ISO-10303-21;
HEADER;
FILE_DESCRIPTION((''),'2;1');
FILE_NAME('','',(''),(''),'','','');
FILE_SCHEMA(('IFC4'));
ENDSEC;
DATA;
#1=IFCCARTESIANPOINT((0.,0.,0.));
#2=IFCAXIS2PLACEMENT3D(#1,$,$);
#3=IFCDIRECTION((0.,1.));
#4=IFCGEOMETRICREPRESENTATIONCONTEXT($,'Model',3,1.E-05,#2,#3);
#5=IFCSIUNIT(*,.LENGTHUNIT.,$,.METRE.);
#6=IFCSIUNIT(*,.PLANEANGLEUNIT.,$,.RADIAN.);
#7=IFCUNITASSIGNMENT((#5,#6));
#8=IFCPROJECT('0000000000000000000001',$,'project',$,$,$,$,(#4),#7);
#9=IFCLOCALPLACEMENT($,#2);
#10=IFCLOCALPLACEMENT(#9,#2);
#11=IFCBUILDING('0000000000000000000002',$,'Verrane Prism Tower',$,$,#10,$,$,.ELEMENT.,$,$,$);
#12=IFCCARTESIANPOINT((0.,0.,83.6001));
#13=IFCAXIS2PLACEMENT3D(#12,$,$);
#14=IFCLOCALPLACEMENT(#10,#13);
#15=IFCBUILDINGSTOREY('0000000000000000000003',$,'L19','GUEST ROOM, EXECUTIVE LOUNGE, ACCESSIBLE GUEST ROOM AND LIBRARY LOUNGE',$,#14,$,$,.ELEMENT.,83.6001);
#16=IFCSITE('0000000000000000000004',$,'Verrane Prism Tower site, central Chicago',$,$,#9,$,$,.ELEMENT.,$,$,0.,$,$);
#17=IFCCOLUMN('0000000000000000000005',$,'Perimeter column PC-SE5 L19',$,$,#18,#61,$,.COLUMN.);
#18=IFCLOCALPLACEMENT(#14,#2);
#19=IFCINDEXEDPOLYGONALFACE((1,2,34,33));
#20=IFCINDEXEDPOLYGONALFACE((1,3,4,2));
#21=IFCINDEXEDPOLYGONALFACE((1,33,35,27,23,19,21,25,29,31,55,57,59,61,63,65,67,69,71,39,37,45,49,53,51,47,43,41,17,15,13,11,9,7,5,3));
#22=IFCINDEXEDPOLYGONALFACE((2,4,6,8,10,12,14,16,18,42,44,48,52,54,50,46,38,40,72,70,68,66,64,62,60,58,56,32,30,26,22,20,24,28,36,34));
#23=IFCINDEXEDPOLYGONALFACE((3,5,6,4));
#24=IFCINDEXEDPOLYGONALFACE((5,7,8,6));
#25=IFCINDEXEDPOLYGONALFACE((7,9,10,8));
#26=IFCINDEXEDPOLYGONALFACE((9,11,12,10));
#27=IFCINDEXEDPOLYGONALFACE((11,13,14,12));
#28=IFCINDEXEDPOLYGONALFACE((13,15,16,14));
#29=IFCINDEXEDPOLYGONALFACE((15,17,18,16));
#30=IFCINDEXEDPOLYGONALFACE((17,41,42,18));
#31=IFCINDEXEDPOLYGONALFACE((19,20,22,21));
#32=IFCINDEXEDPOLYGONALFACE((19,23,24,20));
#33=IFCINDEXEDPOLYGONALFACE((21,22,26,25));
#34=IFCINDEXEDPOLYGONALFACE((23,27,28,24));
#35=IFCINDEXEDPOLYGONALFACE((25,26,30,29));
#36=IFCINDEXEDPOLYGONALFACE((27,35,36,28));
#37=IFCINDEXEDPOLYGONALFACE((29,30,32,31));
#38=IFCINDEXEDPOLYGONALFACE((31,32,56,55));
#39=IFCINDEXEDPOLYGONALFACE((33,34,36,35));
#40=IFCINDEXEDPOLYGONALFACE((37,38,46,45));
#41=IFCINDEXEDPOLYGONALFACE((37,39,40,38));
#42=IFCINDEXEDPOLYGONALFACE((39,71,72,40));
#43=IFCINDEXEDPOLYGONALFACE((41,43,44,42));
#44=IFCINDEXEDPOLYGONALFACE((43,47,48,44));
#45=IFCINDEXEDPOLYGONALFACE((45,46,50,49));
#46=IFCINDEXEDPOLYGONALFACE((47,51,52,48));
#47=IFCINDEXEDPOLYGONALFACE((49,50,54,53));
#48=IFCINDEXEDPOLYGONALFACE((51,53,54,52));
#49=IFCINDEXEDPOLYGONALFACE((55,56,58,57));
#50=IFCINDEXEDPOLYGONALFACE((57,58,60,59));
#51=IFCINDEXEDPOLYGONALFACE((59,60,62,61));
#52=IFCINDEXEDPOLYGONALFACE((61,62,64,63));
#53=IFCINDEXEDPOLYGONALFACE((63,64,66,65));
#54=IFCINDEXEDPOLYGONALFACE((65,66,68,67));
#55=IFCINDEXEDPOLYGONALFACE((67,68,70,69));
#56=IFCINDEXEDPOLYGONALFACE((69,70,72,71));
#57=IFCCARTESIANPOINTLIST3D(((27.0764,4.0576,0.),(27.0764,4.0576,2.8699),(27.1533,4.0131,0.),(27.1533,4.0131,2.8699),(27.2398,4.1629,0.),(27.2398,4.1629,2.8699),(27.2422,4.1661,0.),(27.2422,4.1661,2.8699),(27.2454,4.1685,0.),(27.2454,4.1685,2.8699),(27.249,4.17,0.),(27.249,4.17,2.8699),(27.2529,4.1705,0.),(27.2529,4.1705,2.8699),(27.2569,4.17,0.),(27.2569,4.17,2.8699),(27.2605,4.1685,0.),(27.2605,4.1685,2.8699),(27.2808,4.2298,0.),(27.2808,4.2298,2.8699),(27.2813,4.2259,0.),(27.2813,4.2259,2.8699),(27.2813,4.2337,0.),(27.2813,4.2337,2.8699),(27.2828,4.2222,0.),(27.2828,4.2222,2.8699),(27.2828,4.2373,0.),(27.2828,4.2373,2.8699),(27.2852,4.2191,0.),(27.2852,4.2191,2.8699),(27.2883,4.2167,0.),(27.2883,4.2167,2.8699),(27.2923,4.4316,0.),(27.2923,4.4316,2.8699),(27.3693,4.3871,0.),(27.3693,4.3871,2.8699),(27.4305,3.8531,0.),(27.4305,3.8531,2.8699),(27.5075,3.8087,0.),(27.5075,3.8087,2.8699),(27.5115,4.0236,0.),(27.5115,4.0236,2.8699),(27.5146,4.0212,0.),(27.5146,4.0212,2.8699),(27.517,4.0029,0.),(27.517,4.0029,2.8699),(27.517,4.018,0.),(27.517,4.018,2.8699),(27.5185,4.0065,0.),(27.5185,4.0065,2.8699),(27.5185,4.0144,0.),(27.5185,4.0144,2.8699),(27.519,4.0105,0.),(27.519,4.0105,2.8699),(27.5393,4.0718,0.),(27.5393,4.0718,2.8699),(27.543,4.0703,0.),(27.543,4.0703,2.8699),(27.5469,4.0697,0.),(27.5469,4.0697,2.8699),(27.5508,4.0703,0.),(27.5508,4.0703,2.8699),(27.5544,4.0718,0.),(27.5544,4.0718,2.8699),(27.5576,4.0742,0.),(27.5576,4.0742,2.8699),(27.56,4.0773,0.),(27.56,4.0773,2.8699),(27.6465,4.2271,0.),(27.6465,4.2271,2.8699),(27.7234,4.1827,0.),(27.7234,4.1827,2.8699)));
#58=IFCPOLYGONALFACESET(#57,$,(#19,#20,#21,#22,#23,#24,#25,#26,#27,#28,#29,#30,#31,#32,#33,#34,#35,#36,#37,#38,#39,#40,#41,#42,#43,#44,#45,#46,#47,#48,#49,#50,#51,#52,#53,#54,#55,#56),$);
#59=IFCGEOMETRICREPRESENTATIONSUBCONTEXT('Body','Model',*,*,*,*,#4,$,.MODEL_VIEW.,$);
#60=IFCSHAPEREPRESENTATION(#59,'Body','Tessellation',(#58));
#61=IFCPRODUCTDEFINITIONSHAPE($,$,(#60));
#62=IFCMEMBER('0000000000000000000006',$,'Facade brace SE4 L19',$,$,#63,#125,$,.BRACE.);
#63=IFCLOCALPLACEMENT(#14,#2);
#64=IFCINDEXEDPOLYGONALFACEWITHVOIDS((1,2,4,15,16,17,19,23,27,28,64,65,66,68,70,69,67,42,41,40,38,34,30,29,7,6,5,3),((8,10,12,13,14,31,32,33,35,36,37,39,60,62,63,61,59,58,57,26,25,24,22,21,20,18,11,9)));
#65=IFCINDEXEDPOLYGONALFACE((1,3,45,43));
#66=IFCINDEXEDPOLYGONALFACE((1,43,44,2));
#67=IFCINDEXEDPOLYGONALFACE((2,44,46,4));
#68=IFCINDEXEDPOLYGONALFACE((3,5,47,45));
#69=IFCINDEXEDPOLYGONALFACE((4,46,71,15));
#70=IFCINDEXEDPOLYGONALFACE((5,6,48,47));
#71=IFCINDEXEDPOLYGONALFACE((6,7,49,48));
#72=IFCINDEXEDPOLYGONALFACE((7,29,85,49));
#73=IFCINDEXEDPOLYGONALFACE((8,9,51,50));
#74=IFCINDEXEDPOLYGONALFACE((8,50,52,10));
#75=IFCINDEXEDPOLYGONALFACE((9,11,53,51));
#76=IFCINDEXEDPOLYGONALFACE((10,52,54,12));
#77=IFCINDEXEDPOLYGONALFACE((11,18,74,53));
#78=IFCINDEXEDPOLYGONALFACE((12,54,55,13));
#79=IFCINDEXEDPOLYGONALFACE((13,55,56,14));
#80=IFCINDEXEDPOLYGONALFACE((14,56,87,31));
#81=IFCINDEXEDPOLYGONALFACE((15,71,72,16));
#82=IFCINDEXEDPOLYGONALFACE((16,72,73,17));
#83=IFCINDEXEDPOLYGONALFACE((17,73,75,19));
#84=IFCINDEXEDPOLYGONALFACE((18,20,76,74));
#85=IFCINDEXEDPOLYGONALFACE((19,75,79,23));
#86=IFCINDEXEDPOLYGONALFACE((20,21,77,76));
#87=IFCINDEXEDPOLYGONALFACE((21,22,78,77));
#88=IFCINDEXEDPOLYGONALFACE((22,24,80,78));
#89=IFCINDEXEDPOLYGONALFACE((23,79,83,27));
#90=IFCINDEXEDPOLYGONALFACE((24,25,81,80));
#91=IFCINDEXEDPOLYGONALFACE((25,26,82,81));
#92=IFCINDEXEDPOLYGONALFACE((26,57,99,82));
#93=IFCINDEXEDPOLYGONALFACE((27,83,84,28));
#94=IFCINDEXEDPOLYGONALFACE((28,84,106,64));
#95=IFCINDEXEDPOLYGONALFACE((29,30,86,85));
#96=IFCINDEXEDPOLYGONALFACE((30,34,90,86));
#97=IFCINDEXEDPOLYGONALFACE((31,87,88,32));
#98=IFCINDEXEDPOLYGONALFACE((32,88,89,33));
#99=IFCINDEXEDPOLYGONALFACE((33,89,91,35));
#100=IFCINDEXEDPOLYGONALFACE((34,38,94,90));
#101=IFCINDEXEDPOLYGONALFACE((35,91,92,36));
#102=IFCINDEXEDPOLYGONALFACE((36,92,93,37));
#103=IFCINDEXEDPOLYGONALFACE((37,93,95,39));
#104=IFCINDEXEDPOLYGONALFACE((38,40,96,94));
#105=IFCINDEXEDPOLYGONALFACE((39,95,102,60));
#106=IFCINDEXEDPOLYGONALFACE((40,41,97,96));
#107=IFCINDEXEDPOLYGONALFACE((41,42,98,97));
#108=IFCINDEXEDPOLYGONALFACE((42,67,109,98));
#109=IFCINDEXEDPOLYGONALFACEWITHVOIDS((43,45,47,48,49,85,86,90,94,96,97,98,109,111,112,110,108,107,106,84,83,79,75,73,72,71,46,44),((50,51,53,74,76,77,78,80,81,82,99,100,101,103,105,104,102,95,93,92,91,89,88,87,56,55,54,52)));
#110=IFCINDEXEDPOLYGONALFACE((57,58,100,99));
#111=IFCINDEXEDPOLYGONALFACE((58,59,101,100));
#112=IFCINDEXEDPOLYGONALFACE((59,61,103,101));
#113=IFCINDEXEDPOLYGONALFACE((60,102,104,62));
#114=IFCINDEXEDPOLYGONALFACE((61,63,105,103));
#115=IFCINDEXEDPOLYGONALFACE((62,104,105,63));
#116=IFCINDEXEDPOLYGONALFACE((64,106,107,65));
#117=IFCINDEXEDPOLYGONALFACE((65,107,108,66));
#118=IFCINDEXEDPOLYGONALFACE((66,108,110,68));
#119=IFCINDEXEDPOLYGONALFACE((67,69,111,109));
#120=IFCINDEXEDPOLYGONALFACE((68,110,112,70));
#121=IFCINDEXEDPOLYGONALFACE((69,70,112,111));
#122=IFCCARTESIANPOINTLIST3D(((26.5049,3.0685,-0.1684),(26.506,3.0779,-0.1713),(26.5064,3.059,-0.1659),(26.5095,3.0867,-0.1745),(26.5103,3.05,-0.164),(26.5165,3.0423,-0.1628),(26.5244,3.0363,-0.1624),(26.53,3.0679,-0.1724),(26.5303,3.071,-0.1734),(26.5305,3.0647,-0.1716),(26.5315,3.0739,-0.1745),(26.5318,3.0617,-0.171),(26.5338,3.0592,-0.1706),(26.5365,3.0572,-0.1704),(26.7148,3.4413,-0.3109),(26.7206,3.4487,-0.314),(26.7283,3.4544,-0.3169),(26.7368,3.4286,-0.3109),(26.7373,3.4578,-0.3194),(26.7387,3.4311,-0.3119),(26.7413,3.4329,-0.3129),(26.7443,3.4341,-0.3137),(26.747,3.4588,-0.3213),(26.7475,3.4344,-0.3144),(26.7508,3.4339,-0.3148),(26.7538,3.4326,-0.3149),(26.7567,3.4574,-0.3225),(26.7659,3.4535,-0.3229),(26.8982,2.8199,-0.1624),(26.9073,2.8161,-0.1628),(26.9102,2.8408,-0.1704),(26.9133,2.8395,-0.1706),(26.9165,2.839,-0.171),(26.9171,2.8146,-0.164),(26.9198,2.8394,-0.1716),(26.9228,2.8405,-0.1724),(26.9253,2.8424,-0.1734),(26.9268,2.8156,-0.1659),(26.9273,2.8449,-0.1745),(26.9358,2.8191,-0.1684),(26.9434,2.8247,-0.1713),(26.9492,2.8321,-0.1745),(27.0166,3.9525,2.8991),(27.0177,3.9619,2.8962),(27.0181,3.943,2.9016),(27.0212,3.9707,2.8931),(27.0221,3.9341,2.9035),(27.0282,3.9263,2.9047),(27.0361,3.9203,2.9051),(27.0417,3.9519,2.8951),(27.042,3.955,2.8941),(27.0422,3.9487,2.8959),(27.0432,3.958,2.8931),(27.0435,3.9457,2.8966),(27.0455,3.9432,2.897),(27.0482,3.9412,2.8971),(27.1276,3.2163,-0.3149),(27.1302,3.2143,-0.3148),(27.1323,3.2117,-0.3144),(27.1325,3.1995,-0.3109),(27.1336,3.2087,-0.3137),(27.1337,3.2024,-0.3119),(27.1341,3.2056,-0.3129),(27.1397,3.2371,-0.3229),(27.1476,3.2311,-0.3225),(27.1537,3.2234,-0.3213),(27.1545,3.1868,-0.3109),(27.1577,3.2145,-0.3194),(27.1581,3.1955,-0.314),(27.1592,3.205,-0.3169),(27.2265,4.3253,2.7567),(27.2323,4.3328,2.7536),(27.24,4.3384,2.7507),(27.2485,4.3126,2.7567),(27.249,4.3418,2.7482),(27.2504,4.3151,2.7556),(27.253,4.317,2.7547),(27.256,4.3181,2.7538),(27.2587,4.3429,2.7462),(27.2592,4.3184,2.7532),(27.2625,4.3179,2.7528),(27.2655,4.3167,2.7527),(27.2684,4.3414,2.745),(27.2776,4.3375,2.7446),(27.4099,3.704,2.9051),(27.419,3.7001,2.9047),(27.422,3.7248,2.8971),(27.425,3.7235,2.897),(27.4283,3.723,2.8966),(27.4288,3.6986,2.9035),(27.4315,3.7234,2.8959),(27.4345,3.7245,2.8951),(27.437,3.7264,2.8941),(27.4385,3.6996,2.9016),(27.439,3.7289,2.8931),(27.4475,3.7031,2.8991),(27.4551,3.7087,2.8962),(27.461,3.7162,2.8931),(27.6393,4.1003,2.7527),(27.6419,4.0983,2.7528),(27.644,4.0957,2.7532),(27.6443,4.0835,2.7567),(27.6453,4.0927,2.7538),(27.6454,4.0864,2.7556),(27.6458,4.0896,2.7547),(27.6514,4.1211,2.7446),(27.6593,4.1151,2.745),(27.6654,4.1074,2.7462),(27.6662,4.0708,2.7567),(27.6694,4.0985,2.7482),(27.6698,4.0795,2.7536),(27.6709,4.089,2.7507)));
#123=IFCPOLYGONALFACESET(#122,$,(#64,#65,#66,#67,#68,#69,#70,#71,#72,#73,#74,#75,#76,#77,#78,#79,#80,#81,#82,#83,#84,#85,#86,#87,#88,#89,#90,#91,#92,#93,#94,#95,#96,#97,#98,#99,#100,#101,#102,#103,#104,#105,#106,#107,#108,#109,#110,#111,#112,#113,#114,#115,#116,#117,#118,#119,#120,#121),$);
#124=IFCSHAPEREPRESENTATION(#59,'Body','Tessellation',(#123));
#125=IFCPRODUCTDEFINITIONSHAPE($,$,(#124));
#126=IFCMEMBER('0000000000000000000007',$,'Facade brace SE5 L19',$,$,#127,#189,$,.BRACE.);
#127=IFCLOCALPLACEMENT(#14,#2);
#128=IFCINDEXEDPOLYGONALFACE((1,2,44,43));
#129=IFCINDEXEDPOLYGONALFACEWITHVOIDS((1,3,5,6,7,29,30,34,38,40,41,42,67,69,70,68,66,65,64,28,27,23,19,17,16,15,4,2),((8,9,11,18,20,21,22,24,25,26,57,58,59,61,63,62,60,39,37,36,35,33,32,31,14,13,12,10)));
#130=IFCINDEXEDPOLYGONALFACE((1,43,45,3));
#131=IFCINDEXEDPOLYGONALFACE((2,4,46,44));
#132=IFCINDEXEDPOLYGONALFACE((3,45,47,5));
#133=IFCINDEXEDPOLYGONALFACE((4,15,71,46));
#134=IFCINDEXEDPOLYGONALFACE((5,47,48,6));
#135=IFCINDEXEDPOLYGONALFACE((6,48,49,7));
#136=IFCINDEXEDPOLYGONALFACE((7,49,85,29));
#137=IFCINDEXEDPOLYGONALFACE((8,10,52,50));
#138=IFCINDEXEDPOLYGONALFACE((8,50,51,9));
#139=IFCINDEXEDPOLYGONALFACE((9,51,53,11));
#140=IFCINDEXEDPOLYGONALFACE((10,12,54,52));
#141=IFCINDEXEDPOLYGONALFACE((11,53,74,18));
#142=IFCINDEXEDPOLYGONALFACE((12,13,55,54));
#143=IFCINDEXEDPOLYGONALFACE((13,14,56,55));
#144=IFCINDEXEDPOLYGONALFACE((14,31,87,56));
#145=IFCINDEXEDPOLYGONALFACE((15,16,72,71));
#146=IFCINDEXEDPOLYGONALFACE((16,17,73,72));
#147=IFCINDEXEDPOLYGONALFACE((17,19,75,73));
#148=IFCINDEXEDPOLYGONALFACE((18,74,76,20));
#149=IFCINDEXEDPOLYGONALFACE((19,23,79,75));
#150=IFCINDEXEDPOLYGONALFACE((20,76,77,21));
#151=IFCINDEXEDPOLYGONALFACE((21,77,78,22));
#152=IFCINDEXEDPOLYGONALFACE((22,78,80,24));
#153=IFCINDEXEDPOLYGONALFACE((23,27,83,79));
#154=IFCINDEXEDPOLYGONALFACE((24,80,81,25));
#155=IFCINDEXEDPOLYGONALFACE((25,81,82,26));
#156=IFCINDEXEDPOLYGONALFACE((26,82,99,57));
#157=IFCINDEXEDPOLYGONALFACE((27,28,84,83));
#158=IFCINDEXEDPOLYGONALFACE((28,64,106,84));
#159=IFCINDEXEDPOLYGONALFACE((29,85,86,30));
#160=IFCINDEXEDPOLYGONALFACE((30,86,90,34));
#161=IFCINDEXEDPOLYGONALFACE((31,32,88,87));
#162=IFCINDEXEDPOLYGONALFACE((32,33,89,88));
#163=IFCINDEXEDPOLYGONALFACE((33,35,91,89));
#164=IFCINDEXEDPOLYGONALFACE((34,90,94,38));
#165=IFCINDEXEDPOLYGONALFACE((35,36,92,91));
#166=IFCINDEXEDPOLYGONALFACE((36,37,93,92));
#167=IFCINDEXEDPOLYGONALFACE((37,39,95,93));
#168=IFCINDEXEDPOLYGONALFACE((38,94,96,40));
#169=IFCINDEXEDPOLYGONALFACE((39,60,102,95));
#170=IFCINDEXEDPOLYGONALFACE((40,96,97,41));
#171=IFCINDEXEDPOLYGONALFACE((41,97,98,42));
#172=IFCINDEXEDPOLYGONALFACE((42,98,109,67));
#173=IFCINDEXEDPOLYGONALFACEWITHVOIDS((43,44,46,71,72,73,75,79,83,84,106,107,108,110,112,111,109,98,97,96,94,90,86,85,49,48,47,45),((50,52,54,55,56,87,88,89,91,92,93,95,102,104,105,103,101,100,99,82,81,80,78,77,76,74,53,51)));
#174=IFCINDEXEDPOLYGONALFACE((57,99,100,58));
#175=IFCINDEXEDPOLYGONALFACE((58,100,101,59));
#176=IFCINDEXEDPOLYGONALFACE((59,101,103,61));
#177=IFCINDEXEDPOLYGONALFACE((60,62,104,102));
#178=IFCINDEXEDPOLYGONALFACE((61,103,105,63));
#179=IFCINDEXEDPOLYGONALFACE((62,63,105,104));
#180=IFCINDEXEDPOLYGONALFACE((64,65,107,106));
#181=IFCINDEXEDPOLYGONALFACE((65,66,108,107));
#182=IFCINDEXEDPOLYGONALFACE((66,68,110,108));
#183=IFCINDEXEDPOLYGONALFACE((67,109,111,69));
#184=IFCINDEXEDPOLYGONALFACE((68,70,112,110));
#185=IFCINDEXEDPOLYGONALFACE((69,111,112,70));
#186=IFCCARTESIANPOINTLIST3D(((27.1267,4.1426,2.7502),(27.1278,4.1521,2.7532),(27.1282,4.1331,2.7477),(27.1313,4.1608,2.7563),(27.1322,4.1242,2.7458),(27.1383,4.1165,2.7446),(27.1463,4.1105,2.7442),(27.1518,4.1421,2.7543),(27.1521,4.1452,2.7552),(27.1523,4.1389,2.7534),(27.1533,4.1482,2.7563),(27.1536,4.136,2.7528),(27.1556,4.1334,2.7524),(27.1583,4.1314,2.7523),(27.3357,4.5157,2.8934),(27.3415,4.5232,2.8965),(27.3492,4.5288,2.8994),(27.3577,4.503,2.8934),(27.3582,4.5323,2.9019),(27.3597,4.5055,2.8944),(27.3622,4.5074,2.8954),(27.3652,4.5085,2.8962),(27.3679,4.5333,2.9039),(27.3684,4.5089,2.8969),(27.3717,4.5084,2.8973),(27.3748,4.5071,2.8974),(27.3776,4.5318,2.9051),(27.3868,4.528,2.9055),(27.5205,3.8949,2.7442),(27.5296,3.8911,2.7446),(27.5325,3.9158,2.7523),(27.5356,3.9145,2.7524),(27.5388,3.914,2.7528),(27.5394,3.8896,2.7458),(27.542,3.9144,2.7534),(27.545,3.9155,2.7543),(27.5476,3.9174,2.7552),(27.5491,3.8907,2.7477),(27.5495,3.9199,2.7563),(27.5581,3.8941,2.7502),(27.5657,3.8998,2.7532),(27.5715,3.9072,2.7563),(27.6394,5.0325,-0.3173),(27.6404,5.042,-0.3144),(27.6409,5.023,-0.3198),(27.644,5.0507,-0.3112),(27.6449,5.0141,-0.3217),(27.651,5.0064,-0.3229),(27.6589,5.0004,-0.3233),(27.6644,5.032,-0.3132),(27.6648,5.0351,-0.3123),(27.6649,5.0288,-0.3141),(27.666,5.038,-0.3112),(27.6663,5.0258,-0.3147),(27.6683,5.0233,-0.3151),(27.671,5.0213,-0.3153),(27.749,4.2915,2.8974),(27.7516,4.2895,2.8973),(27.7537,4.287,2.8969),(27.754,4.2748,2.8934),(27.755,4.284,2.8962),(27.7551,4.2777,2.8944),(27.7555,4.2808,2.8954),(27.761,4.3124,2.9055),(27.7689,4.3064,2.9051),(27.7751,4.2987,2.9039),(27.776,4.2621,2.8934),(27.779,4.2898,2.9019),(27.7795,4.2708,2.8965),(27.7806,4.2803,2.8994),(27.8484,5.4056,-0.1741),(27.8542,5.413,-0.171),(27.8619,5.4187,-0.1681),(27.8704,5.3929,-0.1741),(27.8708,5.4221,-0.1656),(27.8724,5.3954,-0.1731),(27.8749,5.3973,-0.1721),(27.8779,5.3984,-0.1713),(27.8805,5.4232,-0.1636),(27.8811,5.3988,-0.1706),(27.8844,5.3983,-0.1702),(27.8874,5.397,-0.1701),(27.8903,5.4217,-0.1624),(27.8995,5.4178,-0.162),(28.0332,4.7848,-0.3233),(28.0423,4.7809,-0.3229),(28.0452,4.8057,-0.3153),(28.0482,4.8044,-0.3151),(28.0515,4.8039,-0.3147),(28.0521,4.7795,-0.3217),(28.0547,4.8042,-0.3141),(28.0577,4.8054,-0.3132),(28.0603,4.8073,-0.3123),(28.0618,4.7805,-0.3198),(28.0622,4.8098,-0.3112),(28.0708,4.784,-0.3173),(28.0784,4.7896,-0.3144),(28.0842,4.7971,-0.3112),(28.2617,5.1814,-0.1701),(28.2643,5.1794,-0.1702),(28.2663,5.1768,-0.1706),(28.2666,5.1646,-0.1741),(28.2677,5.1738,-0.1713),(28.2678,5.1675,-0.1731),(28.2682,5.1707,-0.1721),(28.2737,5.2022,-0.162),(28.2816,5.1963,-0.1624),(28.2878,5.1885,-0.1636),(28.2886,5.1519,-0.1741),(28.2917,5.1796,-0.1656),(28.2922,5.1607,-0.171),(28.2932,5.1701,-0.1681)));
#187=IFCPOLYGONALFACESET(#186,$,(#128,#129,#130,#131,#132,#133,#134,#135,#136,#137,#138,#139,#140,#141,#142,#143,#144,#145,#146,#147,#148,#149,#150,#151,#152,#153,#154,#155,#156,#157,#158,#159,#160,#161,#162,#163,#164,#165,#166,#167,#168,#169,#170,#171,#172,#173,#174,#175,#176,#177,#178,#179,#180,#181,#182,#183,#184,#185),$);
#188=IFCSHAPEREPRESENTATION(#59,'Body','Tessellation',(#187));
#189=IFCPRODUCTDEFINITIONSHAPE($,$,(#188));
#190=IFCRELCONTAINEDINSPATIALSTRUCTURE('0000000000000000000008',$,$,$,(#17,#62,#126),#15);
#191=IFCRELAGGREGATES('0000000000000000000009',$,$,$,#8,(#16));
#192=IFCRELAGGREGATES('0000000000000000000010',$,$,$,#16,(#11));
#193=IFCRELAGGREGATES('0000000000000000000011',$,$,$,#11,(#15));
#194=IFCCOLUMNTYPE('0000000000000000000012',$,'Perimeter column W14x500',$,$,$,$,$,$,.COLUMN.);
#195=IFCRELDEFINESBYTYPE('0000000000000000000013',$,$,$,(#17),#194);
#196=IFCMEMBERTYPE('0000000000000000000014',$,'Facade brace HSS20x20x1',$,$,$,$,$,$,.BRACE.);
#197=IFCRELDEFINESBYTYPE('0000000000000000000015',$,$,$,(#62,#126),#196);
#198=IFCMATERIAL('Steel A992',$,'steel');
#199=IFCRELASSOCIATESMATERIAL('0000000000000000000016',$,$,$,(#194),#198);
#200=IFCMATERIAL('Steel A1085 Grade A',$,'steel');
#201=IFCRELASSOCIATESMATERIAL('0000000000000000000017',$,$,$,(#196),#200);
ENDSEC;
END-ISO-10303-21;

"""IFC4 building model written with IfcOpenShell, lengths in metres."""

from ifc_helpers import new_model, si_unit, direction, frame, origin, origin_2d, place, context, subcontext, project, spatial, hollow_rectangle, i_section, extrude, material, material_profile, profile_set, type_object, element, save


model = new_model("IFC4")

# Units and contexts
model_context = context("Model", 3, precision=1e-05, world=origin(), true_north=direction((0.0, 1.0)))
body_context = subcontext(model_context, "Body", "Model", "MODEL_VIEW")
ifc_project = project(units=[si_unit("LENGTHUNIT", "METRE"), si_unit("PLANEANGLEUNIT", "RADIAN")], contexts=[model_context])

# Site, building, storey
site_placement = place(None, origin())
site = spatial("IfcSite", under=ifc_project, at=site_placement, Name="Verrane Prism Tower site, central Chicago", CompositionType="ELEMENT", RefElevation=0.0)
building_placement = place(site_placement, origin())
building = spatial("IfcBuilding", under=site, at=building_placement, Name="Verrane Prism Tower", CompositionType="ELEMENT")
storey_placement = place(building_placement, frame((0.0, 0.0, 83.6001)))
storey = spatial("IfcBuildingStorey", under=building, at=storey_placement, Name="L19", Description="GUEST ROOM, EXECUTIVE LOUNGE, ACCESSIBLE GUEST ROOM AND LIBRARY LOUNGE", CompositionType="ELEMENT", Elevation=83.6001)

# Column
ifc_material_1 = material(Name="Steel A992", Category="steel")
ifc_material_profile_1 = material_profile(ifc_material_1, i_section(OverallWidth=0.4319, OverallDepth=0.4978, WebThickness=0.0557, FlangeThickness=0.0889, FilletRadius=0.0151, at=origin_2d()), Name="W14x500")
ifc_profile_set_1 = profile_set([ifc_material_profile_1], Name="Steel A992")
column_type = type_object("IfcColumnType", Name="Perimeter column W14x500", PredefinedType="COLUMN", material=ifc_profile_set_1)
column_placement = place(storey_placement, frame((27.3999, 4.1201, 0.0), z_axis=(0.0, 0.0, 1.0), x_axis=(-0.5, -0.866025, 0.0)))
element("IfcColumn", 1, at=column_placement, inside=storey, type_object=column_type, Name="Perimeter column PC-SE5 L19", PredefinedType="COLUMN", context=body_context, shape_type="SweptSolid", body=[
    extrude(i_section(OverallWidth=0.4319, OverallDepth=0.4978, WebThickness=0.0557, FlangeThickness=0.0889, FilletRadius=0.0151, at=origin_2d()), origin(), (0.0, 0.0, 1.0), 2.8699),
])

# Members
ifc_material_2 = material(Name="Steel A1085 Grade A", Category="steel")
ifc_material_profile_2 = material_profile(ifc_material_2, hollow_rectangle(XDim=0.5081, YDim=0.5081, WallThickness=0.0254, InnerFilletRadius=0.0127, OuterFilletRadius=0.0381, at=origin_2d()), Name="HSS20x20x1")
ifc_profile_set_2 = profile_set([ifc_material_profile_2], Name="Steel A1085 Grade A")
member_type_1 = type_object("IfcMemberType", Name="Facade brace HSS20x20x1", PredefinedType="BRACE", material=ifc_profile_set_2)
member_1_placement = place(storey_placement, frame((26.832, 3.1367, -0.2427), z_axis=(0.158269, 0.273422, 0.948784), x_axis=(-0.865464, 0.50097, 0.0)))
element("IfcMember", 2, at=member_1_placement, inside=storey, type_object=member_type_1, Name="Facade brace SE4 L19", PredefinedType="BRACE", context=body_context, shape_type="SweptSolid", body=[
    extrude(hollow_rectangle(XDim=0.5081, YDim=0.5081, WallThickness=0.0254, InnerFilletRadius=0.0127, OuterFilletRadius=0.0381, at=origin_2d()), origin(), (0.0, 0.0, 1.0), 3.2332),
])
member_2_placement = place(storey_placement, frame((27.9663, 5.1013, -0.2427), z_axis=(-0.158485, -0.275084, 0.948267), x_axis=(0.866482, -0.499208, 0.0)))
element("IfcMember", 3, at=member_2_placement, inside=storey, type_object=member_type_1, Name="Facade brace SE5 L19", PredefinedType="BRACE", context=body_context, shape_type="SweptSolid", body=[
    extrude(hollow_rectangle(XDim=0.5081, YDim=0.5081, WallThickness=0.0254, InnerFilletRadius=0.0127, OuterFilletRadius=0.0381, at=origin_2d()), origin(), (0.0, 0.0, 1.0), 3.2349),
])

save(model, "model.ifc")
